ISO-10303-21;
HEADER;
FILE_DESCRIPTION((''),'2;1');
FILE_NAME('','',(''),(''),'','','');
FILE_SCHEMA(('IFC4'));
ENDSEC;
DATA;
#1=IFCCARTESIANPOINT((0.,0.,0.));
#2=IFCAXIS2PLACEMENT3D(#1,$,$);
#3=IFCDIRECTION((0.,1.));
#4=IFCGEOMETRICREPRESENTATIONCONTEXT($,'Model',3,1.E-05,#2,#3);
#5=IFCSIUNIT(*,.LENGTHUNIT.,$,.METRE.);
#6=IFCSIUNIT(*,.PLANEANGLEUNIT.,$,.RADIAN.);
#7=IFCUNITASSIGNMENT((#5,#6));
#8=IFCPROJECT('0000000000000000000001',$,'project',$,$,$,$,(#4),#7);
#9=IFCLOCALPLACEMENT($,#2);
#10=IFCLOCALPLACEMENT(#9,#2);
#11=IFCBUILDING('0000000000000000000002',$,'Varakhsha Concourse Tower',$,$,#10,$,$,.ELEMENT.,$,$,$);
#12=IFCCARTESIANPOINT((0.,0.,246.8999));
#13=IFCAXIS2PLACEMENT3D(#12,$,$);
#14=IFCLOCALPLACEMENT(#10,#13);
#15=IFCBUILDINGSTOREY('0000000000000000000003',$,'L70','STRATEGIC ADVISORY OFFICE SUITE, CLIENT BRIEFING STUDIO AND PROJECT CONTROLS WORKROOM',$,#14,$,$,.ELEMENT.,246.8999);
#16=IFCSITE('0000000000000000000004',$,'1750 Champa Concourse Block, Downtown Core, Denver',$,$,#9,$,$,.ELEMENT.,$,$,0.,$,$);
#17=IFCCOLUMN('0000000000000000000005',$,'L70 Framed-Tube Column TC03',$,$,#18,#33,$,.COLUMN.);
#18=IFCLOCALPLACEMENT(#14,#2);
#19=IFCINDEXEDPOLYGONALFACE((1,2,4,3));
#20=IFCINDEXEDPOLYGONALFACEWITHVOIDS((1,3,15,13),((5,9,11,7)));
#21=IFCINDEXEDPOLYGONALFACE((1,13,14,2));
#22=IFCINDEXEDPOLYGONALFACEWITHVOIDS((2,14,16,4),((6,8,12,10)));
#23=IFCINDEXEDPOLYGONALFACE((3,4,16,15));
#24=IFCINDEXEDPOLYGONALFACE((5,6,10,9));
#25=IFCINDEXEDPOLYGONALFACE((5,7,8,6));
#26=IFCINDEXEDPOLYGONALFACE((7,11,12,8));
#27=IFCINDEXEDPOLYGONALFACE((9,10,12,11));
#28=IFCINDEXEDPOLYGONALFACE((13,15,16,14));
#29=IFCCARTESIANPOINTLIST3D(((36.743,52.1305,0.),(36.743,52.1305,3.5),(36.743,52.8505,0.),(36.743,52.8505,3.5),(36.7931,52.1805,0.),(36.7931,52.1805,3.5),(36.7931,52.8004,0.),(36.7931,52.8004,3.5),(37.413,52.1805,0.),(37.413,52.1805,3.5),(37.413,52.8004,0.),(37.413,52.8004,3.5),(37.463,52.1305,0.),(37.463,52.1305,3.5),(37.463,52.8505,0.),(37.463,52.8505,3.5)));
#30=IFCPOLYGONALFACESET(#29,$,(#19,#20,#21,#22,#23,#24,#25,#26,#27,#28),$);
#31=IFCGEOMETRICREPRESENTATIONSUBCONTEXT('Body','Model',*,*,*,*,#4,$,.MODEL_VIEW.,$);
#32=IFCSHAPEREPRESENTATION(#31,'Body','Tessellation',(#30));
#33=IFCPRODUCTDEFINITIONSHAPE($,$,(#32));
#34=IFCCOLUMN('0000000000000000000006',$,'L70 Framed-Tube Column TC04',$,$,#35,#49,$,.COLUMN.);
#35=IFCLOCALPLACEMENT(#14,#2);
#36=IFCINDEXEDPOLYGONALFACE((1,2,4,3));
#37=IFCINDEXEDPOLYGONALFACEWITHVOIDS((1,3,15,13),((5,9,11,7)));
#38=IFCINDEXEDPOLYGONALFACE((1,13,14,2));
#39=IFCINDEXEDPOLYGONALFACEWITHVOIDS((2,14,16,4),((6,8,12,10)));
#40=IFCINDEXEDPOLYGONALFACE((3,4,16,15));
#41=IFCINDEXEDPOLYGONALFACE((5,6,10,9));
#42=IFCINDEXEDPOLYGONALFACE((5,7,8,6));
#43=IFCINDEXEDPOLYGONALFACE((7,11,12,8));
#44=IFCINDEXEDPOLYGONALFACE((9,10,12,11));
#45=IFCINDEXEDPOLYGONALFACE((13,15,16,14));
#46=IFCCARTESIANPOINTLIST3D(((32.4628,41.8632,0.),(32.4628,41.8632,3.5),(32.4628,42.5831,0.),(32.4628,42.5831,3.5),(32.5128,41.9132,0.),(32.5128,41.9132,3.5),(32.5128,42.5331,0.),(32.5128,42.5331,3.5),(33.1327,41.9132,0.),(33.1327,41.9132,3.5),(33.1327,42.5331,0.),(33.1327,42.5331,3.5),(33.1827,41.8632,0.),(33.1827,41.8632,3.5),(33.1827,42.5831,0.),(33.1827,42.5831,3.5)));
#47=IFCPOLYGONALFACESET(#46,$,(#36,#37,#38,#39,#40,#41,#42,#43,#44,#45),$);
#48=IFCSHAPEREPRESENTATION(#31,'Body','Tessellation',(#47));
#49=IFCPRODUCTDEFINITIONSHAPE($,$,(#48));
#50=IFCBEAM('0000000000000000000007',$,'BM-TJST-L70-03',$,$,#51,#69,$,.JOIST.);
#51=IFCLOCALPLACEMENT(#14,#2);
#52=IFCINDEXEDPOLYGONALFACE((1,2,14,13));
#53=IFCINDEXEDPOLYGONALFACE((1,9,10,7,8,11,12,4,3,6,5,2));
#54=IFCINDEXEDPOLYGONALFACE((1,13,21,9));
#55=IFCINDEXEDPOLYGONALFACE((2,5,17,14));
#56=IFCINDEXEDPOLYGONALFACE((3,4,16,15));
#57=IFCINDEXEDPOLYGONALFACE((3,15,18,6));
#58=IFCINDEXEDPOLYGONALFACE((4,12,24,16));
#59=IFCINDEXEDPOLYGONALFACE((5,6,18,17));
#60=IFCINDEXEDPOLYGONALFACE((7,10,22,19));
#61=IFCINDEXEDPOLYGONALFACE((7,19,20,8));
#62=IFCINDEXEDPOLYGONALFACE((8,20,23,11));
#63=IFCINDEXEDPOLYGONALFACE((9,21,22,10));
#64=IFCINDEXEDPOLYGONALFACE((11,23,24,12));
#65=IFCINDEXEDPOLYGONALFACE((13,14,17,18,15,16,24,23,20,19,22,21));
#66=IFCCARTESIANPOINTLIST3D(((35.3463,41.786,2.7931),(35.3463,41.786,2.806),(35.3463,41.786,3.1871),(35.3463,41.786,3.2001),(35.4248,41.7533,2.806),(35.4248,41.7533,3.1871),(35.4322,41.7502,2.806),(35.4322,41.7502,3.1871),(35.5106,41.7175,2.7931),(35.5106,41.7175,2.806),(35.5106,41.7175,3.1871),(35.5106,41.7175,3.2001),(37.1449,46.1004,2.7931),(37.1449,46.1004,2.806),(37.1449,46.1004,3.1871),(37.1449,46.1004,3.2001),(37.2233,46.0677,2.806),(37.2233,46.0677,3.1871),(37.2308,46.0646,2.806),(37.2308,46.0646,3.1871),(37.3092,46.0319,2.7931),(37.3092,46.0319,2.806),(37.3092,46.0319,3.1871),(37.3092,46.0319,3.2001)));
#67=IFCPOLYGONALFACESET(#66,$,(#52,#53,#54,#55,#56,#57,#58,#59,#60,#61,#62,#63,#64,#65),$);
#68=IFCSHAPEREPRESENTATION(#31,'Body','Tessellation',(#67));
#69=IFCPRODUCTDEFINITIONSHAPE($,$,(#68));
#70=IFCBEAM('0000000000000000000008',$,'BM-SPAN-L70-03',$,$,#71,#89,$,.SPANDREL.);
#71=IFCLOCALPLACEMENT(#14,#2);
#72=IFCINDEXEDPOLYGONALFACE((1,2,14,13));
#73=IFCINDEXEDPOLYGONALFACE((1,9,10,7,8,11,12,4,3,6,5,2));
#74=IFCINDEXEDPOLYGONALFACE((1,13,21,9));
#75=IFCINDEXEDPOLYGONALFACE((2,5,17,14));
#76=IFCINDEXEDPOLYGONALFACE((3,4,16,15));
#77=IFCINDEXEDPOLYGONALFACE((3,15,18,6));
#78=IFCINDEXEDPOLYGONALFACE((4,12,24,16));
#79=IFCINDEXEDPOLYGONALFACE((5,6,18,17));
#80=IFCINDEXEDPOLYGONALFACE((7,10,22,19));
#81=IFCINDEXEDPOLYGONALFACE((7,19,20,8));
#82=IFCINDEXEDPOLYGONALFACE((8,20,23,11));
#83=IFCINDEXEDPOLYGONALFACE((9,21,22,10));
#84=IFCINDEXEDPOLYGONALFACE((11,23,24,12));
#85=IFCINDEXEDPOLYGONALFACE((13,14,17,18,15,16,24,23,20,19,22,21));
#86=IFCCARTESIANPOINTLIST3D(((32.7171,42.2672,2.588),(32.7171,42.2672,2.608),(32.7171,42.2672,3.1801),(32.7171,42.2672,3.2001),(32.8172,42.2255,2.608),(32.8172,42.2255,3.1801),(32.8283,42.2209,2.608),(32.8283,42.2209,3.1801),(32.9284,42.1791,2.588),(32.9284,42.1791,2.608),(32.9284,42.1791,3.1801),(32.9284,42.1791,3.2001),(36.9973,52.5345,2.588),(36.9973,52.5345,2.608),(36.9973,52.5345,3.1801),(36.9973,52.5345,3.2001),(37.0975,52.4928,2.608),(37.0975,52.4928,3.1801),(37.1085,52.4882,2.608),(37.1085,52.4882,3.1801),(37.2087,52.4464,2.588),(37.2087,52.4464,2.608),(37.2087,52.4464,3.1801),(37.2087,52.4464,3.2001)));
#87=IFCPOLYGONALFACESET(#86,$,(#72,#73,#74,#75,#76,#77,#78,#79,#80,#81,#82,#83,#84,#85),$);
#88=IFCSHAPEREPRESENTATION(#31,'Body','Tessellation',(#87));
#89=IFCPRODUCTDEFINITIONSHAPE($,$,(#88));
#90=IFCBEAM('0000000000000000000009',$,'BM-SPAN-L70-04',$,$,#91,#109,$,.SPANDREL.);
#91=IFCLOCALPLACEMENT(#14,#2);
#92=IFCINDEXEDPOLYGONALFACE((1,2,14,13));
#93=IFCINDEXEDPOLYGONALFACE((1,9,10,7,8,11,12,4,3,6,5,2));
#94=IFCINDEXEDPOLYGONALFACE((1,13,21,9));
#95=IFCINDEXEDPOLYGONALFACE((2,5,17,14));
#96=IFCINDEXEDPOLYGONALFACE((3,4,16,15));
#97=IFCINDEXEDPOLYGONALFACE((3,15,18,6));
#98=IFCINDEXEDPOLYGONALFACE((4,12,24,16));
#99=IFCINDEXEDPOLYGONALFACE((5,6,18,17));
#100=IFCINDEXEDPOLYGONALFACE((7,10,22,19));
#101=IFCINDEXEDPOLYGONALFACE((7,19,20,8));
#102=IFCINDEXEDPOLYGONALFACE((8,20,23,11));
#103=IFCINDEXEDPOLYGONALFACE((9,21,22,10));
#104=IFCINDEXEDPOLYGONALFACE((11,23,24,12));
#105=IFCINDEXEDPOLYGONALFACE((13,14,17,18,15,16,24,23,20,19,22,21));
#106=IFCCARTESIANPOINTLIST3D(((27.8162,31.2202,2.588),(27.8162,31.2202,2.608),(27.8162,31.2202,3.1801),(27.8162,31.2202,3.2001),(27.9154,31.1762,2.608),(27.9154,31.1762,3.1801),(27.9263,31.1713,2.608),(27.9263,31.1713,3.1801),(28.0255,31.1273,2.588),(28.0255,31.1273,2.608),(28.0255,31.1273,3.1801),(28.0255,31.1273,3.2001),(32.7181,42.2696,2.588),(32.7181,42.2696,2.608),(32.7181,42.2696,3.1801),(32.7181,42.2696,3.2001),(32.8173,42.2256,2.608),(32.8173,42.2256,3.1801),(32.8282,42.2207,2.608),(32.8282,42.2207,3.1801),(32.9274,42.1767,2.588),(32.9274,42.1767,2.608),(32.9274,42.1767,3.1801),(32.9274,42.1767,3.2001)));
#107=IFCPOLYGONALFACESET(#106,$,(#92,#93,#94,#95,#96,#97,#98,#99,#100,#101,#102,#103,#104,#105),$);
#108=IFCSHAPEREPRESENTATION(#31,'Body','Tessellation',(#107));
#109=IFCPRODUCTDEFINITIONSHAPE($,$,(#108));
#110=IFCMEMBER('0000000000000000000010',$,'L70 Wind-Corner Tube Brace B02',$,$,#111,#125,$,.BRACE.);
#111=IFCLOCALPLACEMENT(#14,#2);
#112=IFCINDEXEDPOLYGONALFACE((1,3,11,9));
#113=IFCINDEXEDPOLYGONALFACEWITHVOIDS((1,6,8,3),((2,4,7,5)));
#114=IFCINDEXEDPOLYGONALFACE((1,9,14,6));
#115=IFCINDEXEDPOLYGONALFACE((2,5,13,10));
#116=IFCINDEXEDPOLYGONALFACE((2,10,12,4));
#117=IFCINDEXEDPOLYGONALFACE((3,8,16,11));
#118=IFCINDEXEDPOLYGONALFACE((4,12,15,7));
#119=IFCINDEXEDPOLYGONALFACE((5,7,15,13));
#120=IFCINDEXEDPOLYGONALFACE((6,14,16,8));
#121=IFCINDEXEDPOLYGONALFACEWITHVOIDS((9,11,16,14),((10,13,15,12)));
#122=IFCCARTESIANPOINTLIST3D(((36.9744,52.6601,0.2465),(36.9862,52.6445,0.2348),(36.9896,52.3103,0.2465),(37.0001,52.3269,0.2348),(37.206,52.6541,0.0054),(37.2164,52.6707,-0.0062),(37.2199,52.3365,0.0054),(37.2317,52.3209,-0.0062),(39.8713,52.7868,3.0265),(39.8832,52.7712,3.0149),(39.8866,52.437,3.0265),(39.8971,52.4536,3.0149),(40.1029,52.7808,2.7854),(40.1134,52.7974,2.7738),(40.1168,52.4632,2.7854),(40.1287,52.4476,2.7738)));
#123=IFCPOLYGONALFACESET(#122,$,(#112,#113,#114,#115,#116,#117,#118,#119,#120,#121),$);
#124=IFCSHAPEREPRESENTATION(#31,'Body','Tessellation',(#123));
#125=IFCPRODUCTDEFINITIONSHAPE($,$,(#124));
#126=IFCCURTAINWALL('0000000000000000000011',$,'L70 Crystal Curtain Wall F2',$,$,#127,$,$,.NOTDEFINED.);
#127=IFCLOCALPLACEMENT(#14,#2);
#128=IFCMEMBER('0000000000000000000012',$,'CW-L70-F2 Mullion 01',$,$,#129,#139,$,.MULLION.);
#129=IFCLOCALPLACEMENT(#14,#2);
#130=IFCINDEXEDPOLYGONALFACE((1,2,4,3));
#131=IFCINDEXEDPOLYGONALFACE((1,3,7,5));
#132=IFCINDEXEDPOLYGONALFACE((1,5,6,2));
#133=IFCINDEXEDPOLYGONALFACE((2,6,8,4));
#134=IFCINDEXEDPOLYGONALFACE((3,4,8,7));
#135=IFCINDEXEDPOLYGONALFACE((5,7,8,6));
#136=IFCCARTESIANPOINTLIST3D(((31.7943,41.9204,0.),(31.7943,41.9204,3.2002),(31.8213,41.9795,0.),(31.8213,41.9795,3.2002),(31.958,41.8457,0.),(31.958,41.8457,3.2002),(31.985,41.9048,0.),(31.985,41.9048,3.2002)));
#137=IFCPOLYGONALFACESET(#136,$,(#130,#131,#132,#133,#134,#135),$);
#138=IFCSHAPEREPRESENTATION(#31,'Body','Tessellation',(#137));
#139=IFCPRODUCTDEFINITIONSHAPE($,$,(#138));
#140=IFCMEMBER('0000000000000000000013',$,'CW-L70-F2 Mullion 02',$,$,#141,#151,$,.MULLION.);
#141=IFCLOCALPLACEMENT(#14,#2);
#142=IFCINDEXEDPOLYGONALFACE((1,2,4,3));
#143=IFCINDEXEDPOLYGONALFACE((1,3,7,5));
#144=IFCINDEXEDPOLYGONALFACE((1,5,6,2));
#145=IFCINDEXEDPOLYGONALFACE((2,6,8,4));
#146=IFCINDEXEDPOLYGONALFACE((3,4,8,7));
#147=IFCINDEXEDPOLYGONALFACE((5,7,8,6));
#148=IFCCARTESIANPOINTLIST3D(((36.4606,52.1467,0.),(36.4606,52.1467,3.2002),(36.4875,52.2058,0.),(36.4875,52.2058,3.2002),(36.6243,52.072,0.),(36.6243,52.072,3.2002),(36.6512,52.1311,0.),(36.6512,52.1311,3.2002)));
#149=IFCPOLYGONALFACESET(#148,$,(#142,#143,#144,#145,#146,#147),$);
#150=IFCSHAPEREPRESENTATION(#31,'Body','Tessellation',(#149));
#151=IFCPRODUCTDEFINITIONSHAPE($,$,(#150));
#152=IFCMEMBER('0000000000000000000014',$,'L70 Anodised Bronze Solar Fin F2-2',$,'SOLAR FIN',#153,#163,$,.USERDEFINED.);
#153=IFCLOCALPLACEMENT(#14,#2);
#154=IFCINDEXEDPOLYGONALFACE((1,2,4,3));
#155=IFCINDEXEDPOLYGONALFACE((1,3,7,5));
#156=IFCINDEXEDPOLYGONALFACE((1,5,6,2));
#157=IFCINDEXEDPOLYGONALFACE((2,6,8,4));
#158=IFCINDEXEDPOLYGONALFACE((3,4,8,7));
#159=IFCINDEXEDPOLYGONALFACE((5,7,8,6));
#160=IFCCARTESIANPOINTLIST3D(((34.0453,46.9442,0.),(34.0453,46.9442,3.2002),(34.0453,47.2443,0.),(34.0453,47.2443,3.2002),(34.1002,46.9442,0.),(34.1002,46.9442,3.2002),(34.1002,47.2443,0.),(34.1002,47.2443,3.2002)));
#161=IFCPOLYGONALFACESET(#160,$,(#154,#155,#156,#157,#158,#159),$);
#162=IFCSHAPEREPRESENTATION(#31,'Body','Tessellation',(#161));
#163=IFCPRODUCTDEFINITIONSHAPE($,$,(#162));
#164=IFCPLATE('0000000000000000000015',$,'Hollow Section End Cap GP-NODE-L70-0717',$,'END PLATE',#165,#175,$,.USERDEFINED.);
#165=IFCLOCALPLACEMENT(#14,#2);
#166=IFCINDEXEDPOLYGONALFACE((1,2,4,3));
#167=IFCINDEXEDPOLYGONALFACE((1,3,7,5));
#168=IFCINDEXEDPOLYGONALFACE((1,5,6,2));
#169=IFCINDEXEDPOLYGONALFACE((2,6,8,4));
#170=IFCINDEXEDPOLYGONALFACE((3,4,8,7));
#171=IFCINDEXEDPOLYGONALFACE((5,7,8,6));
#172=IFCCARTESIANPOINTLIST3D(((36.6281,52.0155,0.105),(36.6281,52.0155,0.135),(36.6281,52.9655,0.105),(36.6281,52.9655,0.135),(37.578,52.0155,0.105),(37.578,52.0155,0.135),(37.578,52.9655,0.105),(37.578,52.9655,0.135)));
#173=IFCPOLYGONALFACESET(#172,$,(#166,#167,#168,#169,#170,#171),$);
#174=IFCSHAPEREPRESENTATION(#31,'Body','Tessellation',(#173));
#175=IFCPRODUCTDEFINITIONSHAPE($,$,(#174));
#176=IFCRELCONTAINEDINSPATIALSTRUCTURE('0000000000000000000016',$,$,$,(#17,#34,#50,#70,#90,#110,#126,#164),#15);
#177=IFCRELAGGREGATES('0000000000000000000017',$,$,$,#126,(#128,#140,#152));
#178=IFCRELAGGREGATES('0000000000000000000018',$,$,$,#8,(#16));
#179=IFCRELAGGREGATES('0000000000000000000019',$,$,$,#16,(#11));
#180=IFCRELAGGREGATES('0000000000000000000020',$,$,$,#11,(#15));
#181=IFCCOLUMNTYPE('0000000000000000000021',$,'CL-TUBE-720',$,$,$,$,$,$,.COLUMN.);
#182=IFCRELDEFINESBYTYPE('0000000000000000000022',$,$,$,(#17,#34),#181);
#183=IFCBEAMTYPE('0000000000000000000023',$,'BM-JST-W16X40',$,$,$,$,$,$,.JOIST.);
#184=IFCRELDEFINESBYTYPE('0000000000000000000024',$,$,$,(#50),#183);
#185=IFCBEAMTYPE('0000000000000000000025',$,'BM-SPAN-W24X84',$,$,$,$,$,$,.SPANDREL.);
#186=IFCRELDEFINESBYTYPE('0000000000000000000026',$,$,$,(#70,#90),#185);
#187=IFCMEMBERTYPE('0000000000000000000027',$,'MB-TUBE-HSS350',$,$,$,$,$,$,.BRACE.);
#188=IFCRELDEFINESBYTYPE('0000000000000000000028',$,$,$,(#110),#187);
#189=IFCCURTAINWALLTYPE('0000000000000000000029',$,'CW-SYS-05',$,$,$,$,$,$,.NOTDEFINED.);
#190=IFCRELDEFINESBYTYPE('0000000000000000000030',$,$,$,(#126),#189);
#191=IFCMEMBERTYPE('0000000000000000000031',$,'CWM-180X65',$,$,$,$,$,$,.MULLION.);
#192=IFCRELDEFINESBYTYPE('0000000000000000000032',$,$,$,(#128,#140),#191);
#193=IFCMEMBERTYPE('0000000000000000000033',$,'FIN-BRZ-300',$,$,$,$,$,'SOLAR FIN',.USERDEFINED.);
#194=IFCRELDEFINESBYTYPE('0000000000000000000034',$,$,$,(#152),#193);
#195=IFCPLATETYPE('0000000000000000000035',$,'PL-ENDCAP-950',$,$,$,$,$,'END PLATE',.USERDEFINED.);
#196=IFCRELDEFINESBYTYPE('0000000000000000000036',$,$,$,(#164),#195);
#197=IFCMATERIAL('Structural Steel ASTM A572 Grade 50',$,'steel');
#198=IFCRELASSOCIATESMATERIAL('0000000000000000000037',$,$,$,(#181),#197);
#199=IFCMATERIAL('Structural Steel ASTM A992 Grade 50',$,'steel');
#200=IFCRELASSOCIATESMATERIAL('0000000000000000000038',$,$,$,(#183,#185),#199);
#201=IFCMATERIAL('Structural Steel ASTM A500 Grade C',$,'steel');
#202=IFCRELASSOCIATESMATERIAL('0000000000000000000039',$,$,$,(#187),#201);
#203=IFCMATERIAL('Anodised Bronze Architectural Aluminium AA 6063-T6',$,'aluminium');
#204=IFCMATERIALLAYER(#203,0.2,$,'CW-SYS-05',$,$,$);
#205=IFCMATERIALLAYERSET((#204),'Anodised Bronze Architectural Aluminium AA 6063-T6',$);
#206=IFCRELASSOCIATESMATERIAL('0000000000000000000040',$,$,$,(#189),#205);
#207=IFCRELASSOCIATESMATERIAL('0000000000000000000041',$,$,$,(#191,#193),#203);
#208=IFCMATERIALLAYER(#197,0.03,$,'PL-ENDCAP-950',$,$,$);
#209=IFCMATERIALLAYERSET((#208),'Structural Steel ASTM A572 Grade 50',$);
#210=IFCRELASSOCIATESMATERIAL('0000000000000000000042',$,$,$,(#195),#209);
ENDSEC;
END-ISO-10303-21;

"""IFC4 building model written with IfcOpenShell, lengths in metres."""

from ifc_helpers import new_model, si_unit, direction, frame, origin, origin_2d, place, context, subcontext, project, spatial, rectangle, hollow_rectangle, i_section, extrude, source, transform, mapped, material, layer, layer_set, material_profile, profile_set, type_object, type_shapes, element, aggregate, save


model = new_model("IFC4")

# Units and contexts
model_context = context("Model", 3, precision=1e-05, world=origin(), true_north=direction((0.0, 1.0)))
body_context = subcontext(model_context, "Body", "Model", "MODEL_VIEW")
ifc_project = project(units=[si_unit("LENGTHUNIT", "METRE"), si_unit("PLANEANGLEUNIT", "RADIAN")], contexts=[model_context])

# Site, building, storey
site_placement = place(None, origin())
site = spatial("IfcSite", under=ifc_project, at=site_placement, Name="1750 Champa Concourse Block, Downtown Core, Denver", CompositionType="ELEMENT", RefElevation=0.0)
building_placement = place(site_placement, origin())
building = spatial("IfcBuilding", under=site, at=building_placement, Name="Varakhsha Concourse Tower", CompositionType="ELEMENT")
storey_placement = place(building_placement, frame((0.0, 0.0, 246.8999)))
storey = spatial("IfcBuildingStorey", under=building, at=storey_placement, Name="L70", Description="STRATEGIC ADVISORY OFFICE SUITE, CLIENT BRIEFING STUDIO AND PROJECT CONTROLS WORKROOM", CompositionType="ELEMENT", Elevation=246.8999)

# Columns
ifc_material_1 = material(Name="Structural Steel ASTM A572 Grade 50", Category="steel")
ifc_material_profile_1 = material_profile(ifc_material_1, hollow_rectangle(XDim=0.72, YDim=0.72, WallThickness=0.05, at=origin_2d()), Name="BOX 720x720x50")
ifc_profile_set_1 = profile_set([ifc_material_profile_1], Name="Structural Steel ASTM A572 Grade 50")
column_type = type_object("IfcColumnType", Name="CL-TUBE-720", PredefinedType="COLUMN", material=ifc_profile_set_1)
for number, where, z_axis, x_axis, name in (
    (1, (37.103, 52.4905, 0.0), (0.0, 0.0, 1.0), (1.0, 0.0, 0.0), "L70 Framed-Tube Column TC03"),
    (2, (32.8228, 42.2231, 0.0), (0.0, 0.0, 1.0), (1.0, 0.0, 0.0), "L70 Framed-Tube Column TC04"),
):
    element("IfcColumn", number, at=place(storey_placement, frame(where, z_axis=z_axis, x_axis=x_axis)), inside=storey, type_object=column_type, Name=name, PredefinedType="COLUMN", context=body_context, shape_type="SweptSolid", body=[
        extrude(hollow_rectangle(XDim=0.72, YDim=0.72, WallThickness=0.05, at=origin_2d()), origin(), (0.0, 0.0, 1.0), 3.5),
    ])

# Beams
ifc_material_2 = material(Name="Structural Steel ASTM A992 Grade 50", Category="steel")
ifc_material_profile_2 = material_profile(ifc_material_2, i_section(OverallWidth=0.178, OverallDepth=0.407, WebThickness=0.0081, FlangeThickness=0.0129, at=origin_2d()), Name="W16X40")
ifc_profile_set_2 = profile_set([ifc_material_profile_2], Name="Structural Steel ASTM A992 Grade 50")
beam_type_1 = type_object("IfcBeamType", Name="BM-JST-W16X40", PredefinedType="JOIST", material=ifc_profile_set_2)
beam_1_placement = place(storey_placement, frame((37.2271, 46.0662, 2.9966), z_axis=(-0.384779, -0.923009, 0.0), x_axis=(0.923009, -0.384779, 0.0)))
element("IfcBeam", 3, at=beam_1_placement, inside=storey, type_object=beam_type_1, Name="BM-TJST-L70-03", PredefinedType="JOIST", context=body_context, shape_type="SweptSolid", body=[
    extrude(i_section(OverallWidth=0.178, OverallDepth=0.407, WebThickness=0.0081, FlangeThickness=0.0129, at=origin_2d()), origin(), (0.0, 0.0, 1.0), 4.6743),
])
ifc_material_profile_3 = material_profile(ifc_material_2, i_section(OverallWidth=0.229, OverallDepth=0.6121, WebThickness=0.012, FlangeThickness=0.02, at=origin_2d()), Name="W24X84")
ifc_profile_set_3 = profile_set([ifc_material_profile_3], Name="Structural Steel ASTM A992 Grade 50")
beam_type_2 = type_object("IfcBeamType", Name="BM-SPAN-W24X84", PredefinedType="SPANDREL", material=ifc_profile_set_3)
beam_2_placement = place(storey_placement, frame((37.103, 52.4905, 2.894), z_axis=(-0.384785, -0.923006, 0.0), x_axis=(0.923006, -0.384785, 0.0)))
element("IfcBeam", 4, at=beam_2_placement, inside=storey, type_object=beam_type_2, Name="BM-SPAN-L70-03", PredefinedType="SPANDREL", context=body_context, shape_type="SweptSolid", body=[
    extrude(i_section(OverallWidth=0.229, OverallDepth=0.6121, WebThickness=0.012, FlangeThickness=0.02, at=origin_2d()), origin(), (0.0, 0.0, 1.0), 11.1238),
])
beam_3_placement = place(storey_placement, frame((32.8228, 42.2231, 2.894), z_axis=(-0.40552, -0.914086, 0.0), x_axis=(0.914086, -0.40552, 0.0)))
element("IfcBeam", 5, at=beam_3_placement, inside=storey, type_object=beam_type_2, Name="BM-SPAN-L70-04", PredefinedType="SPANDREL", context=body_context, shape_type="SweptSolid", body=[
    extrude(i_section(OverallWidth=0.229, OverallDepth=0.6121, WebThickness=0.012, FlangeThickness=0.02, at=origin_2d()), origin(), (0.0, 0.0, 1.0), 12.0879),
])

# Member
ifc_material_3 = material(Name="Structural Steel ASTM A500 Grade C", Category="steel")
ifc_material_profile_4 = material_profile(ifc_material_3, hollow_rectangle(XDim=0.3501, YDim=0.3501, WallThickness=0.0161, at=origin_2d()), Name="HSS 350x350x16")
ifc_profile_set_4 = profile_set([ifc_material_profile_4], Name="Structural Steel ASTM A500 Grade C")
member_type_1 = type_object("IfcMemberType", Name="MB-TUBE-HSS350", PredefinedType="BRACE", material=ifc_profile_set_4)
shared_shape_1 = source(origin(), body_context, "Body", "SweptSolid", [
    extrude(hollow_rectangle(XDim=0.3501, YDim=0.3501, WallThickness=0.0161, at=origin_2d()), origin(), (0.0, 0.0, 1.0), 4.0171),
])
type_shapes(member_type_1, [shared_shape_1])
member_1_placement = place(storey_placement, frame((37.103, 52.4905, 0.1201), z_axis=(0.721161, 0.031542, 0.692049), x_axis=(-0.043697, 0.999045, 0.0)))
element("IfcMember", 6, at=member_1_placement, inside=storey, type_object=member_type_1, Name="L70 Wind-Corner Tube Brace B02", PredefinedType="BRACE", context=body_context, shape_type="MappedRepresentation", body=[
    mapped(shared_shape_1, transform((0.0, 0.0, 0.0), scale=1.0)),
])

# Curtain wall, members
ifc_material_4 = material(Name="Anodised Bronze Architectural Aluminium AA 6063-T6", Category="aluminium")
ifc_layer_1 = layer(ifc_material_4, 0.2, Name="CW-SYS-05")
ifc_layer_set_1 = layer_set([ifc_layer_1], Name="Anodised Bronze Architectural Aluminium AA 6063-T6")
curtain_wall_type = type_object("IfcCurtainWallType", Name="CW-SYS-05", PredefinedType="NOTDEFINED", material=ifc_layer_set_1)
curtain_wall_placement = place(storey_placement, origin())
curtain_wall = element("IfcCurtainWall", 7, at=curtain_wall_placement, inside=storey, type_object=curtain_wall_type, Name="L70 Crystal Curtain Wall F2", PredefinedType="NOTDEFINED")
ifc_material_profile_5 = material_profile(ifc_material_4, rectangle(XDim=0.0649, YDim=0.1799, at=origin_2d()), Name="CWM-180X65")
ifc_profile_set_5 = profile_set([ifc_material_profile_5], Name="Anodised Bronze Architectural Aluminium AA 6063-T6")
member_type_2 = type_object("IfcMemberType", Name="CWM-180X65", PredefinedType="MULLION", material=ifc_profile_set_5)
shared_shape_2 = source(origin(), body_context, "Body", "SweptSolid", [
    extrude(rectangle(XDim=0.0649, YDim=0.1799, at=origin_2d()), origin(), (0.0, 0.0, 1.0), 3.2002),
])
type_shapes(member_type_2, [shared_shape_2])
member_2_placement = place(storey_placement, frame((31.8896, 41.9126, 0.0), z_axis=(0.0, 0.0, 1.0), x_axis=(0.415133, 0.909761, 0.0)))
member_2 = element("IfcMember", 8, at=member_2_placement, type_object=member_type_2, Name="CW-L70-F2 Mullion 01", PredefinedType="MULLION", context=body_context, shape_type="MappedRepresentation", body=[
    mapped(shared_shape_2, transform((0.0, 0.0, 0.0), scale=1.0)),
])
member_3_placement = place(storey_placement, frame((36.5559, 52.1389, 0.0), z_axis=(0.0, 0.0, 1.0), x_axis=(0.415133, 0.909761, 0.0)))
member_3 = element("IfcMember", 9, at=member_3_placement, type_object=member_type_2, Name="CW-L70-F2 Mullion 02", PredefinedType="MULLION", context=body_context, shape_type="MappedRepresentation", body=[
    mapped(shared_shape_2, transform((0.0, 0.0, 0.0), scale=1.0)),
])
ifc_material_profile_6 = material_profile(ifc_material_4, rectangle(XDim=0.0549, YDim=0.3, at=origin_2d()), Name="FIN-BRZ-300")
ifc_profile_set_6 = profile_set([ifc_material_profile_6], Name="Anodised Bronze Architectural Aluminium AA 6063-T6")
member_type_3 = type_object("IfcMemberType", Name="FIN-BRZ-300", ElementType="SOLAR FIN", PredefinedType="USERDEFINED", material=ifc_profile_set_6)
shared_shape_3 = source(origin(), body_context, "Body", "SweptSolid", [
    extrude(rectangle(XDim=0.0549, YDim=0.3, at=origin_2d()), origin(), (0.0, 0.0, 1.0), 3.2002),
])
type_shapes(member_type_3, [shared_shape_3])
member_4_placement = place(storey_placement, frame((34.0728, 47.0942, 0.0), z_axis=(0.0, 0.0, 1.0), x_axis=(1.0, 0.0, 0.0)))
member_4 = element("IfcMember", 10, at=member_4_placement, type_object=member_type_3, Name="L70 Anodised Bronze Solar Fin F2-2", ObjectType="SOLAR FIN", PredefinedType="USERDEFINED", context=body_context, shape_type="MappedRepresentation", body=[
    mapped(shared_shape_3, transform((0.0, 0.0, 0.0), scale=1.0)),
])

# Plate
ifc_layer_2 = layer(ifc_material_1, 0.03, Name="PL-ENDCAP-950")
ifc_layer_set_2 = layer_set([ifc_layer_2], Name="Structural Steel ASTM A572 Grade 50")
plate_type_1 = type_object("IfcPlateType", Name="PL-ENDCAP-950", ElementType="END PLATE", PredefinedType="USERDEFINED", material=ifc_layer_set_2)
shared_shape_4 = source(origin(), body_context, "Body", "SweptSolid", [
    extrude(rectangle(XDim=0.95, YDim=0.95, at=origin_2d()), origin(), (0.0, 0.0, 1.0), 0.03),
])
type_shapes(plate_type_1, [shared_shape_4])
plate_1_placement = place(storey_placement, frame((37.103, 52.4905, 0.105), z_axis=(0.0, 0.0, 1.0), x_axis=(1.0, 0.0, 0.0)))
element("IfcPlate", 11, at=plate_1_placement, inside=storey, type_object=plate_type_1, Name="Hollow Section End Cap GP-NODE-L70-0717", ObjectType="END PLATE", PredefinedType="USERDEFINED", context=body_context, shape_type="MappedRepresentation", body=[
    mapped(shared_shape_4, transform((0.0, 0.0, 0.0), scale=1.0)),
])
aggregate(curtain_wall, [member_2, member_3, member_4])

save(model, "model.ifc")
